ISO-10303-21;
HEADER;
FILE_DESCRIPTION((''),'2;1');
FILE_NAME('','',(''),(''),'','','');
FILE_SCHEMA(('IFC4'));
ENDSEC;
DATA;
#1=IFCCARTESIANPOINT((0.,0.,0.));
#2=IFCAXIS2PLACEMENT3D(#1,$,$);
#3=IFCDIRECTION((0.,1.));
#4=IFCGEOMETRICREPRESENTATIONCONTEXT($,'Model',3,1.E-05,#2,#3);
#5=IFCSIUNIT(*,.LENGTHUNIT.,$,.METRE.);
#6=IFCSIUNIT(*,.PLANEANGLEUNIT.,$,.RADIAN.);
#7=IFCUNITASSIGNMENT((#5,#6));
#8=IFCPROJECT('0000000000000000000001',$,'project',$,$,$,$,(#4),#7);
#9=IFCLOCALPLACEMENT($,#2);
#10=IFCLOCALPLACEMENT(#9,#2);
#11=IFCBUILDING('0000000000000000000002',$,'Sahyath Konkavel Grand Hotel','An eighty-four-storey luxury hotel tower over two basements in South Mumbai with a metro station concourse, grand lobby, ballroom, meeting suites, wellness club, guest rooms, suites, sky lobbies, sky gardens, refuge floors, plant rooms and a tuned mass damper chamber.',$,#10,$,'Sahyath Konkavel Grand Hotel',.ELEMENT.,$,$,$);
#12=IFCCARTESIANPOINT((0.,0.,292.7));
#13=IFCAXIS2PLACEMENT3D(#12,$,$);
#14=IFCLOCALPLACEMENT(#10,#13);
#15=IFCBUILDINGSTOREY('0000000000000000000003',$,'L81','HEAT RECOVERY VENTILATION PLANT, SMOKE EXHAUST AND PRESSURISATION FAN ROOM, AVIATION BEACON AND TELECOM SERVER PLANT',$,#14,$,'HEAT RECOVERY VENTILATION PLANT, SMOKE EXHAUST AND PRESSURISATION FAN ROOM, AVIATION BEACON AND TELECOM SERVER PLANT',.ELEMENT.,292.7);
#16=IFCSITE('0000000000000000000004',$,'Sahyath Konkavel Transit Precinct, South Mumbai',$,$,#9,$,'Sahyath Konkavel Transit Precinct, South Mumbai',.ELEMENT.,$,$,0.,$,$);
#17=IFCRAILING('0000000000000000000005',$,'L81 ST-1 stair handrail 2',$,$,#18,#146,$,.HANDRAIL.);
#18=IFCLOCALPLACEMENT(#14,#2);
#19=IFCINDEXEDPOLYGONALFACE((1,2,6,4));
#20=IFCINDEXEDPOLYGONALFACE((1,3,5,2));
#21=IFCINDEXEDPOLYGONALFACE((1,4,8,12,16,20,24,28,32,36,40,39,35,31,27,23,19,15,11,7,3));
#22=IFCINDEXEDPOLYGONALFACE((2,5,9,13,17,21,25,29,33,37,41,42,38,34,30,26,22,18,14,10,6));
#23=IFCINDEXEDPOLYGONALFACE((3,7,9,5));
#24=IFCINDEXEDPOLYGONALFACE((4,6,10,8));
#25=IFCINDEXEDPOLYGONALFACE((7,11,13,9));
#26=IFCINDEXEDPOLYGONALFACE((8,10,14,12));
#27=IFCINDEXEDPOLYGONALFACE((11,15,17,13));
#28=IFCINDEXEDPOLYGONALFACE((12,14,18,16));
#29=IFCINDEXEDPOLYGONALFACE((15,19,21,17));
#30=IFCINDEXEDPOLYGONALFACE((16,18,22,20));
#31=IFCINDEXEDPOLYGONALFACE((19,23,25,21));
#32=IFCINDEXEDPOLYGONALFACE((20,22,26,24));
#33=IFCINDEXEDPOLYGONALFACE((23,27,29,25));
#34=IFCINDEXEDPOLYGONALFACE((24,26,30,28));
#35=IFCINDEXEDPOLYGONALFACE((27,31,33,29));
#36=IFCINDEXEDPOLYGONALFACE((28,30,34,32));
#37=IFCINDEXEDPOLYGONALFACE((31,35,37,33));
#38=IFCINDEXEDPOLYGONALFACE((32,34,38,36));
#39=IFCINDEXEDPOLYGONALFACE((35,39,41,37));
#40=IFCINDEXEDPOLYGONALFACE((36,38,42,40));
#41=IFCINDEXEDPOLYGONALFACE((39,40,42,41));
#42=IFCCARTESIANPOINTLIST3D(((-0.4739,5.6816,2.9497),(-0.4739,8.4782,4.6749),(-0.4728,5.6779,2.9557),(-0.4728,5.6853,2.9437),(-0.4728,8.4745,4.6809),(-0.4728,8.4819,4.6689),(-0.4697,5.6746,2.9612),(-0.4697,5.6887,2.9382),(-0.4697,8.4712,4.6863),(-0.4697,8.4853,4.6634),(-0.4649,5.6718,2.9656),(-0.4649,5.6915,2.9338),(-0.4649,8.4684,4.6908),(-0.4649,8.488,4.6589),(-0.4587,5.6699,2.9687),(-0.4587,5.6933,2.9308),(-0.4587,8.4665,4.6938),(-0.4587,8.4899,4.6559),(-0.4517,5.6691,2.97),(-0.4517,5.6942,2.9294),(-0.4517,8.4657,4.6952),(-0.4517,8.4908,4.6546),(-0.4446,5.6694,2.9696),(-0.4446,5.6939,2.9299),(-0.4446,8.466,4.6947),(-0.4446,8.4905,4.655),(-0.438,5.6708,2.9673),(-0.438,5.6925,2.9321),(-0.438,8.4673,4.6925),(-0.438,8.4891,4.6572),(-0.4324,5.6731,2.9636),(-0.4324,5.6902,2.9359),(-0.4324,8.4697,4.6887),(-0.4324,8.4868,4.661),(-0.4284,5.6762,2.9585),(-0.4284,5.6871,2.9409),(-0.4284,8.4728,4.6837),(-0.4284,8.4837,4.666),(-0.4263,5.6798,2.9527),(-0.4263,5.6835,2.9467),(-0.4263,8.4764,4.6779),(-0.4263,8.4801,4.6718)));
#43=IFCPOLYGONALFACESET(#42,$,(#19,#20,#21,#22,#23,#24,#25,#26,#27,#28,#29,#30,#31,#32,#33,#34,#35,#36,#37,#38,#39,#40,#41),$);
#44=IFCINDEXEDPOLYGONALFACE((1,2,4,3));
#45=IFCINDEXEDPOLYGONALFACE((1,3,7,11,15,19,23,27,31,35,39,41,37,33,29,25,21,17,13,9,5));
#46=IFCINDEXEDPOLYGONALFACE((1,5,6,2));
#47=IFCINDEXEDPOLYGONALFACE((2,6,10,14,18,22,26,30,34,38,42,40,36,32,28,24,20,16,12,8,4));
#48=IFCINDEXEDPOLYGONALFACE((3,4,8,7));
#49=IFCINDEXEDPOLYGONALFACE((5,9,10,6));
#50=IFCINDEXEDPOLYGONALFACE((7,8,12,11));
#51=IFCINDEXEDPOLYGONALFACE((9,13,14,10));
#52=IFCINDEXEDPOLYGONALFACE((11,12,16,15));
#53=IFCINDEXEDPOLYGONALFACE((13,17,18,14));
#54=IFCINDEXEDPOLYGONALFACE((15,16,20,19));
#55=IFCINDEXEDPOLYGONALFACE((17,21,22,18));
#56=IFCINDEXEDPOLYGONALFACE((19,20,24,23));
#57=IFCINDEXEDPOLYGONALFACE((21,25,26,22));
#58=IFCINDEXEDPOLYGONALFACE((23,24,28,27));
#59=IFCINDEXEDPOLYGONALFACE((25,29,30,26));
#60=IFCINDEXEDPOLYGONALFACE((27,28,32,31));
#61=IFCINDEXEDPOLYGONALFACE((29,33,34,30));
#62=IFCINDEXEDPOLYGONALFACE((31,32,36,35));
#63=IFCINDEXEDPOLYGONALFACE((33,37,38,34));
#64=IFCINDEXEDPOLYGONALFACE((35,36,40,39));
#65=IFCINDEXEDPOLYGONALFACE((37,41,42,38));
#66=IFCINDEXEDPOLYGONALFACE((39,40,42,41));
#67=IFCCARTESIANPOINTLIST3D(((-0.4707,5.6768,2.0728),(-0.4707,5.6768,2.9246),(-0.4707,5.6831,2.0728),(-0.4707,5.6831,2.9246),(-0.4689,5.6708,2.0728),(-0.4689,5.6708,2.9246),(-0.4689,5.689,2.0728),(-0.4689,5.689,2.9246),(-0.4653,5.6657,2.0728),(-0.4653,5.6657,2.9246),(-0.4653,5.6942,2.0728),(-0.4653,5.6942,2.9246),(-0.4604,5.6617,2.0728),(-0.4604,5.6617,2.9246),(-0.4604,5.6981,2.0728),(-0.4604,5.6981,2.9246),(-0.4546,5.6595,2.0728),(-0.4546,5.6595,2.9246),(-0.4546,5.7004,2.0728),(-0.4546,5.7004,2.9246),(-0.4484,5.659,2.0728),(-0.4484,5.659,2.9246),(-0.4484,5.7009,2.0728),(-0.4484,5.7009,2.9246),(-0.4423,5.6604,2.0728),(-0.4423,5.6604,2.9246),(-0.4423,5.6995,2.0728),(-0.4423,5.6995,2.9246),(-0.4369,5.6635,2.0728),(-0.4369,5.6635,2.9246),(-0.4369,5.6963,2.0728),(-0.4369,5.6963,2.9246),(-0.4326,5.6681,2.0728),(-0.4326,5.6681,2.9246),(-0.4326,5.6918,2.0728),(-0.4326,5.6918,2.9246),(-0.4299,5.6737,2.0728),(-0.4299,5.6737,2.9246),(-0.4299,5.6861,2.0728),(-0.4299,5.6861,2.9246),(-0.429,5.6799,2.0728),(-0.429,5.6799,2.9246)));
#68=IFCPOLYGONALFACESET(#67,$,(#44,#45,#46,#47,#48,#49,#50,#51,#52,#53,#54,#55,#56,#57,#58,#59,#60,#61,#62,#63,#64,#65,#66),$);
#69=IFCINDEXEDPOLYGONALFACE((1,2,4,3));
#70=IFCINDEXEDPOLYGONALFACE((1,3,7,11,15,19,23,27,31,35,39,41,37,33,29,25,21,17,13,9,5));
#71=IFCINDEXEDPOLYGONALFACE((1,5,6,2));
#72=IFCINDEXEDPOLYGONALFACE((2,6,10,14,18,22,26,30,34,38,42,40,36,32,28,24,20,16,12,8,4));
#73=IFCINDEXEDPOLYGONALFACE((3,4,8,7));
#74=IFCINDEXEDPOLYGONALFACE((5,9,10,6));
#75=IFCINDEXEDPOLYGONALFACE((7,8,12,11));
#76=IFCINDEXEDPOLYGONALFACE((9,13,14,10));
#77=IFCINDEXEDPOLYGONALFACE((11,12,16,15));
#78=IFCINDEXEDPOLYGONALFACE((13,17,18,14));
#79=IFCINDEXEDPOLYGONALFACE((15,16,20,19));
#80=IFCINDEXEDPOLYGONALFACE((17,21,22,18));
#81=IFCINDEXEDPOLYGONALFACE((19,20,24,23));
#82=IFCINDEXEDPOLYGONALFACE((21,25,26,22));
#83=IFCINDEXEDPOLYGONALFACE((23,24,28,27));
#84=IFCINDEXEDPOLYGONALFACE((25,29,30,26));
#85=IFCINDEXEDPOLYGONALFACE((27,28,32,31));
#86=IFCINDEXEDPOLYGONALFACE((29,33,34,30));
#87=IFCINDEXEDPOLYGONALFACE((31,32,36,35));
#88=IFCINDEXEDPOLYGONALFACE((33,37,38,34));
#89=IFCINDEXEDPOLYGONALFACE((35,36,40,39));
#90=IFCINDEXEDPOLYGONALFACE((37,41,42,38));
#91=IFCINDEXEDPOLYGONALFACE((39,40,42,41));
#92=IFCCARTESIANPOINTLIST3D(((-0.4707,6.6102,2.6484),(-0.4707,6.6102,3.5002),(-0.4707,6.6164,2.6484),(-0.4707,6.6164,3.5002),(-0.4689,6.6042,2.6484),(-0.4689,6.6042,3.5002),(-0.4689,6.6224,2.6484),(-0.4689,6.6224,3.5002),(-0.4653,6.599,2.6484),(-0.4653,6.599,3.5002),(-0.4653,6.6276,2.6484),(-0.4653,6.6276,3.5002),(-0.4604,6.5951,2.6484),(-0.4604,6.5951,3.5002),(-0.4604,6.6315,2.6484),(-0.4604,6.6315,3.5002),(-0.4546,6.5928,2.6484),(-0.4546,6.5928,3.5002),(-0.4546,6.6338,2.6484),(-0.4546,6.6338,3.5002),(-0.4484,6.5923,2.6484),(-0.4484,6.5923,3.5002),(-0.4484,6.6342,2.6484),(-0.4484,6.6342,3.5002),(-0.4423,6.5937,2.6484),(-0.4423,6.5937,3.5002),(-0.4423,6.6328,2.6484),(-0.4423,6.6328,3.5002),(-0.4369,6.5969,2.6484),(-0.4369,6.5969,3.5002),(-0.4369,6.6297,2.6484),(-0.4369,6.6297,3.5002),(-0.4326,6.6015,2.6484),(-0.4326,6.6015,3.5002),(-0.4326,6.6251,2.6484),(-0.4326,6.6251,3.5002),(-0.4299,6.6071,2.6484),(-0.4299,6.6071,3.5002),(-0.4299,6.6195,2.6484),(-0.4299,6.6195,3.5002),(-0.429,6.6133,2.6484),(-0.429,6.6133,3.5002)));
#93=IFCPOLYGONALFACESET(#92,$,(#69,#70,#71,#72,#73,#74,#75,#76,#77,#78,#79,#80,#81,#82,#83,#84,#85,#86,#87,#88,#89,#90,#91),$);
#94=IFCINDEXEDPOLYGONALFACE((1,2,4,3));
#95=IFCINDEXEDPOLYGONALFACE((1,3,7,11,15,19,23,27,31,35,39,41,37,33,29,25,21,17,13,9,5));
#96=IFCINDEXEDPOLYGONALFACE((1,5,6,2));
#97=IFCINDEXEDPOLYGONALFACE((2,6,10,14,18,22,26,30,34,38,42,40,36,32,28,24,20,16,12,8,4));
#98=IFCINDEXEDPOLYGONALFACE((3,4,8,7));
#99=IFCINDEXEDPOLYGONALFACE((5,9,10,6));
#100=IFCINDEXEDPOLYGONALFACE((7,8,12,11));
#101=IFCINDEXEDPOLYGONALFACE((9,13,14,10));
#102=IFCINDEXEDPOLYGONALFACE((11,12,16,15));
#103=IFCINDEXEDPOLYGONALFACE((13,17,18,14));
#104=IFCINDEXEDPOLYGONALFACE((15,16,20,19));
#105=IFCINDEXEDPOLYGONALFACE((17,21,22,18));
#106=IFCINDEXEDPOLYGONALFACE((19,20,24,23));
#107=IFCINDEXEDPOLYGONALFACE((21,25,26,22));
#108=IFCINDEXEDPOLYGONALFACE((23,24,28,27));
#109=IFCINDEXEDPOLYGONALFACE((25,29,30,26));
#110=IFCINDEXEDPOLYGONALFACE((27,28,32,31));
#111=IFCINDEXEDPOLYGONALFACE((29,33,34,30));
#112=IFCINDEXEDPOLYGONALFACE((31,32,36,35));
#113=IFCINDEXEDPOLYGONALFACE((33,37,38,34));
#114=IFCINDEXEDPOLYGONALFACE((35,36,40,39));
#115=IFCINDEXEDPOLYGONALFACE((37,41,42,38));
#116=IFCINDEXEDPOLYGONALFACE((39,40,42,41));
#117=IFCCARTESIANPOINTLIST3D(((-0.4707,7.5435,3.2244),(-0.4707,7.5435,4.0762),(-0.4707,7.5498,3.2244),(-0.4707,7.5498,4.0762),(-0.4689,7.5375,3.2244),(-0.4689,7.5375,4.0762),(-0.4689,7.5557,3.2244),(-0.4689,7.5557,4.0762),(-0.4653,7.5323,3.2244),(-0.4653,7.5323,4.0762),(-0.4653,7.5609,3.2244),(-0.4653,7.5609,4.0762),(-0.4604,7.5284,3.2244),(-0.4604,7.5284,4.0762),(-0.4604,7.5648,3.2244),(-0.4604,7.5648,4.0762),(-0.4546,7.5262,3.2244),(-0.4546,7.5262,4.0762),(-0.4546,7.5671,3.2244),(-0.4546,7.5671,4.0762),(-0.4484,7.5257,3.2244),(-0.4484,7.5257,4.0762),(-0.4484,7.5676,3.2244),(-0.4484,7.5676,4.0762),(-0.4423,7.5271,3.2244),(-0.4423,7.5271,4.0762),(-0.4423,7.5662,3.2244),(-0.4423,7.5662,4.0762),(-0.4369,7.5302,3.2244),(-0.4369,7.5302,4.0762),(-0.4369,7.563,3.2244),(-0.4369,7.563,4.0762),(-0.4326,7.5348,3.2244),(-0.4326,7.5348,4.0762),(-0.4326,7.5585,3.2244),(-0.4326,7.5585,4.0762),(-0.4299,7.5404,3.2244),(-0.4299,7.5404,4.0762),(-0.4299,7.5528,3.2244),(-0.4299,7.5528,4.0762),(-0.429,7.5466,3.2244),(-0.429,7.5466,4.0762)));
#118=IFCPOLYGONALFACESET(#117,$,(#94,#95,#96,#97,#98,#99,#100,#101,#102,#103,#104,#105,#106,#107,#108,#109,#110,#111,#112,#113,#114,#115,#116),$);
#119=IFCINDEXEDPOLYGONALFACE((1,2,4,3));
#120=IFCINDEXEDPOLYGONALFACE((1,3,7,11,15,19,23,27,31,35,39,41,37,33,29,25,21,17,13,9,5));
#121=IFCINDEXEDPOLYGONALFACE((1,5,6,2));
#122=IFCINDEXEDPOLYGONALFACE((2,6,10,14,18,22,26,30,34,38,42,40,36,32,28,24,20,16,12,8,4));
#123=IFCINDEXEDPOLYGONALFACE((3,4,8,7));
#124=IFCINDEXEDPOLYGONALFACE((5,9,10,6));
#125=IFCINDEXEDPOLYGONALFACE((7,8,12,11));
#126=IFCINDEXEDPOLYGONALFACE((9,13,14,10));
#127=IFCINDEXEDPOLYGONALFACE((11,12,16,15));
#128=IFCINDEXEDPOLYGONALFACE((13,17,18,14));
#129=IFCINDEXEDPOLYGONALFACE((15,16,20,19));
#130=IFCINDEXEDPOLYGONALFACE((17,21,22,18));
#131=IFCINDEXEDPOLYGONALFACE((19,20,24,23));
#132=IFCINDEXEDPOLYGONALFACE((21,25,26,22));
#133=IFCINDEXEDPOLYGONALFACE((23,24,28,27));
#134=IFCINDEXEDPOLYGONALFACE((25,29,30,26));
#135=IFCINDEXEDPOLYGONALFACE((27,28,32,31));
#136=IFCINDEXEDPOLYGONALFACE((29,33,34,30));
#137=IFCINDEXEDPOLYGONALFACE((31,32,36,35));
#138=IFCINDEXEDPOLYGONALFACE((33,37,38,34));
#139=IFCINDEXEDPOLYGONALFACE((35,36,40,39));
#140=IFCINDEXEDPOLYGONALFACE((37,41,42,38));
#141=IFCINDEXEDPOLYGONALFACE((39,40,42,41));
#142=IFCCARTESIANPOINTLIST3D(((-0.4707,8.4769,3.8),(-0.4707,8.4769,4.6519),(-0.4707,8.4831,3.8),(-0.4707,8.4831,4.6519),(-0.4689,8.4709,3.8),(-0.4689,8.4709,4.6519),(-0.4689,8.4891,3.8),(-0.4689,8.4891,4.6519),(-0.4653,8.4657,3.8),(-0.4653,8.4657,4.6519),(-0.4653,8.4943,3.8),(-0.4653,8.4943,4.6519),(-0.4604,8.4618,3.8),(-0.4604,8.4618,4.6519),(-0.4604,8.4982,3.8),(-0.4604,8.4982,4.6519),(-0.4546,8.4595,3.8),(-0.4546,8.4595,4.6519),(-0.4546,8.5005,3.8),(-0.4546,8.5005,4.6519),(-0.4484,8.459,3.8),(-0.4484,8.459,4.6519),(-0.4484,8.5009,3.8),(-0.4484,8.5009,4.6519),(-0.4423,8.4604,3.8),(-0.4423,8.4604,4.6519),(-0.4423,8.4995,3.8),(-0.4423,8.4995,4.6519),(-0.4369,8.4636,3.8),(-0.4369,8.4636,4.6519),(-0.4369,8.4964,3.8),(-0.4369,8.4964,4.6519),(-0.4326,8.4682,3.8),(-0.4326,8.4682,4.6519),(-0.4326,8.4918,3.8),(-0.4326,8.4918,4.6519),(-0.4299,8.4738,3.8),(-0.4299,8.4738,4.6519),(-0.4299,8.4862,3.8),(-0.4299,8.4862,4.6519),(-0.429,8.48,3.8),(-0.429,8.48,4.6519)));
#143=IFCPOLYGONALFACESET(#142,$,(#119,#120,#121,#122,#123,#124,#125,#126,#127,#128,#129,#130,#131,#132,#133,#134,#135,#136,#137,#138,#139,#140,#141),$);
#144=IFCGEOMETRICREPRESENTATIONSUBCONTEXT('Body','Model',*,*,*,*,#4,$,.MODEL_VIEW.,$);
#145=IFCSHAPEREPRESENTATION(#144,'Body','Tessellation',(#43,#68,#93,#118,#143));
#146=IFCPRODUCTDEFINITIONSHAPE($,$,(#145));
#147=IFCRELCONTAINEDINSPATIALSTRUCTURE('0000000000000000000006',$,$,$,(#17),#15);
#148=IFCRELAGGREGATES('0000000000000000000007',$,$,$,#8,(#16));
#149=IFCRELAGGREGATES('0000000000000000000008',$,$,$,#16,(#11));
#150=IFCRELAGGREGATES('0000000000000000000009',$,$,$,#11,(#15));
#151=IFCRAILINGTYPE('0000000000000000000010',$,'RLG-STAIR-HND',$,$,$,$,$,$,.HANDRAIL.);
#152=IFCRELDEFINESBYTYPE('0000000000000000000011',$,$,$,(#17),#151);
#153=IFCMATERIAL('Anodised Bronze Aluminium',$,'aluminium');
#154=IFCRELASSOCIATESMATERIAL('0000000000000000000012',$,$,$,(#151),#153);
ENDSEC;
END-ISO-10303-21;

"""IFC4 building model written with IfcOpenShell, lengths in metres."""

from ifc_helpers import new_model, si_unit, direction, frame, origin, origin_2d, place, context, subcontext, project, spatial, circle, extrude, material, type_object, element, save


model = new_model("IFC4")

# Units and contexts
model_context = context("Model", 3, precision=1e-05, world=origin(), true_north=direction((0.0, 1.0)))
body_context = subcontext(model_context, "Body", "Model", "MODEL_VIEW")
ifc_project = project(units=[si_unit("LENGTHUNIT", "METRE"), si_unit("PLANEANGLEUNIT", "RADIAN")], contexts=[model_context])

# Site, building, storey
site_placement = place(None, origin())
site = spatial("IfcSite", under=ifc_project, at=site_placement, Name="Sahyath Konkavel Transit Precinct, South Mumbai", LongName="Sahyath Konkavel Transit Precinct, South Mumbai", CompositionType="ELEMENT", RefElevation=0.0)
building_placement = place(site_placement, origin())
building = spatial("IfcBuilding", under=site, at=building_placement, Name="Sahyath Konkavel Grand Hotel", Description="An eighty-four-storey luxury hotel tower over two basements in South Mumbai with a metro station concourse, grand lobby, ballroom, meeting suites, wellness club, guest rooms, suites, sky lobbies, sky gardens, refuge floors, plant rooms and a tuned mass damper chamber.", LongName="Sahyath Konkavel Grand Hotel", CompositionType="ELEMENT")
storey_placement = place(building_placement, frame((0.0, 0.0, 292.7)))
storey = spatial("IfcBuildingStorey", under=building, at=storey_placement, Name="L81", Description="HEAT RECOVERY VENTILATION PLANT, SMOKE EXHAUST AND PRESSURISATION FAN ROOM, AVIATION BEACON AND TELECOM SERVER PLANT", LongName="HEAT RECOVERY VENTILATION PLANT, SMOKE EXHAUST AND PRESSURISATION FAN ROOM, AVIATION BEACON AND TELECOM SERVER PLANT", CompositionType="ELEMENT", Elevation=292.7)

# Railing
ifc_material_1 = material(Name="Anodised Bronze Aluminium", Category="aluminium")
railing_type_1 = type_object("IfcRailingType", Name="RLG-STAIR-HND", PredefinedType="HANDRAIL", material=ifc_material_1)
railing_1_placement = place(storey_placement, frame((-0.45, 5.6799, 2.0728)))
element("IfcRailing", 1, at=railing_1_placement, inside=storey, type_object=railing_type_1, Name="L81 ST-1 stair handrail 2", PredefinedType="HANDRAIL", context=body_context, shape_type="SweptSolid", body=[
    extrude(circle(Radius=0.0239, at=origin_2d()), frame((0.0, 0.0017, 0.877), z_axis=(0.0, 0.85109, 0.52502), x_axis=(-1.0, 0.0, 0.0)), (0.0, 0.0, 1.0), 3.2859),
    extrude(circle(Radius=0.021, at=origin_2d()), origin(), (0.0, 0.0, 1.0), 0.8518),
    extrude(circle(Radius=0.021, at=origin_2d()), frame((0.0, 0.9333, 0.5757)), (0.0, 0.0, 1.0), 0.8518),
    extrude(circle(Radius=0.021, at=origin_2d()), frame((0.0, 1.8667, 1.1516)), (0.0, 0.0, 1.0), 0.8518),
    extrude(circle(Radius=0.021, at=origin_2d()), frame((0.0, 2.8, 1.7273)), (0.0, 0.0, 1.0), 0.8518),
])

save(model, "model.ifc")
